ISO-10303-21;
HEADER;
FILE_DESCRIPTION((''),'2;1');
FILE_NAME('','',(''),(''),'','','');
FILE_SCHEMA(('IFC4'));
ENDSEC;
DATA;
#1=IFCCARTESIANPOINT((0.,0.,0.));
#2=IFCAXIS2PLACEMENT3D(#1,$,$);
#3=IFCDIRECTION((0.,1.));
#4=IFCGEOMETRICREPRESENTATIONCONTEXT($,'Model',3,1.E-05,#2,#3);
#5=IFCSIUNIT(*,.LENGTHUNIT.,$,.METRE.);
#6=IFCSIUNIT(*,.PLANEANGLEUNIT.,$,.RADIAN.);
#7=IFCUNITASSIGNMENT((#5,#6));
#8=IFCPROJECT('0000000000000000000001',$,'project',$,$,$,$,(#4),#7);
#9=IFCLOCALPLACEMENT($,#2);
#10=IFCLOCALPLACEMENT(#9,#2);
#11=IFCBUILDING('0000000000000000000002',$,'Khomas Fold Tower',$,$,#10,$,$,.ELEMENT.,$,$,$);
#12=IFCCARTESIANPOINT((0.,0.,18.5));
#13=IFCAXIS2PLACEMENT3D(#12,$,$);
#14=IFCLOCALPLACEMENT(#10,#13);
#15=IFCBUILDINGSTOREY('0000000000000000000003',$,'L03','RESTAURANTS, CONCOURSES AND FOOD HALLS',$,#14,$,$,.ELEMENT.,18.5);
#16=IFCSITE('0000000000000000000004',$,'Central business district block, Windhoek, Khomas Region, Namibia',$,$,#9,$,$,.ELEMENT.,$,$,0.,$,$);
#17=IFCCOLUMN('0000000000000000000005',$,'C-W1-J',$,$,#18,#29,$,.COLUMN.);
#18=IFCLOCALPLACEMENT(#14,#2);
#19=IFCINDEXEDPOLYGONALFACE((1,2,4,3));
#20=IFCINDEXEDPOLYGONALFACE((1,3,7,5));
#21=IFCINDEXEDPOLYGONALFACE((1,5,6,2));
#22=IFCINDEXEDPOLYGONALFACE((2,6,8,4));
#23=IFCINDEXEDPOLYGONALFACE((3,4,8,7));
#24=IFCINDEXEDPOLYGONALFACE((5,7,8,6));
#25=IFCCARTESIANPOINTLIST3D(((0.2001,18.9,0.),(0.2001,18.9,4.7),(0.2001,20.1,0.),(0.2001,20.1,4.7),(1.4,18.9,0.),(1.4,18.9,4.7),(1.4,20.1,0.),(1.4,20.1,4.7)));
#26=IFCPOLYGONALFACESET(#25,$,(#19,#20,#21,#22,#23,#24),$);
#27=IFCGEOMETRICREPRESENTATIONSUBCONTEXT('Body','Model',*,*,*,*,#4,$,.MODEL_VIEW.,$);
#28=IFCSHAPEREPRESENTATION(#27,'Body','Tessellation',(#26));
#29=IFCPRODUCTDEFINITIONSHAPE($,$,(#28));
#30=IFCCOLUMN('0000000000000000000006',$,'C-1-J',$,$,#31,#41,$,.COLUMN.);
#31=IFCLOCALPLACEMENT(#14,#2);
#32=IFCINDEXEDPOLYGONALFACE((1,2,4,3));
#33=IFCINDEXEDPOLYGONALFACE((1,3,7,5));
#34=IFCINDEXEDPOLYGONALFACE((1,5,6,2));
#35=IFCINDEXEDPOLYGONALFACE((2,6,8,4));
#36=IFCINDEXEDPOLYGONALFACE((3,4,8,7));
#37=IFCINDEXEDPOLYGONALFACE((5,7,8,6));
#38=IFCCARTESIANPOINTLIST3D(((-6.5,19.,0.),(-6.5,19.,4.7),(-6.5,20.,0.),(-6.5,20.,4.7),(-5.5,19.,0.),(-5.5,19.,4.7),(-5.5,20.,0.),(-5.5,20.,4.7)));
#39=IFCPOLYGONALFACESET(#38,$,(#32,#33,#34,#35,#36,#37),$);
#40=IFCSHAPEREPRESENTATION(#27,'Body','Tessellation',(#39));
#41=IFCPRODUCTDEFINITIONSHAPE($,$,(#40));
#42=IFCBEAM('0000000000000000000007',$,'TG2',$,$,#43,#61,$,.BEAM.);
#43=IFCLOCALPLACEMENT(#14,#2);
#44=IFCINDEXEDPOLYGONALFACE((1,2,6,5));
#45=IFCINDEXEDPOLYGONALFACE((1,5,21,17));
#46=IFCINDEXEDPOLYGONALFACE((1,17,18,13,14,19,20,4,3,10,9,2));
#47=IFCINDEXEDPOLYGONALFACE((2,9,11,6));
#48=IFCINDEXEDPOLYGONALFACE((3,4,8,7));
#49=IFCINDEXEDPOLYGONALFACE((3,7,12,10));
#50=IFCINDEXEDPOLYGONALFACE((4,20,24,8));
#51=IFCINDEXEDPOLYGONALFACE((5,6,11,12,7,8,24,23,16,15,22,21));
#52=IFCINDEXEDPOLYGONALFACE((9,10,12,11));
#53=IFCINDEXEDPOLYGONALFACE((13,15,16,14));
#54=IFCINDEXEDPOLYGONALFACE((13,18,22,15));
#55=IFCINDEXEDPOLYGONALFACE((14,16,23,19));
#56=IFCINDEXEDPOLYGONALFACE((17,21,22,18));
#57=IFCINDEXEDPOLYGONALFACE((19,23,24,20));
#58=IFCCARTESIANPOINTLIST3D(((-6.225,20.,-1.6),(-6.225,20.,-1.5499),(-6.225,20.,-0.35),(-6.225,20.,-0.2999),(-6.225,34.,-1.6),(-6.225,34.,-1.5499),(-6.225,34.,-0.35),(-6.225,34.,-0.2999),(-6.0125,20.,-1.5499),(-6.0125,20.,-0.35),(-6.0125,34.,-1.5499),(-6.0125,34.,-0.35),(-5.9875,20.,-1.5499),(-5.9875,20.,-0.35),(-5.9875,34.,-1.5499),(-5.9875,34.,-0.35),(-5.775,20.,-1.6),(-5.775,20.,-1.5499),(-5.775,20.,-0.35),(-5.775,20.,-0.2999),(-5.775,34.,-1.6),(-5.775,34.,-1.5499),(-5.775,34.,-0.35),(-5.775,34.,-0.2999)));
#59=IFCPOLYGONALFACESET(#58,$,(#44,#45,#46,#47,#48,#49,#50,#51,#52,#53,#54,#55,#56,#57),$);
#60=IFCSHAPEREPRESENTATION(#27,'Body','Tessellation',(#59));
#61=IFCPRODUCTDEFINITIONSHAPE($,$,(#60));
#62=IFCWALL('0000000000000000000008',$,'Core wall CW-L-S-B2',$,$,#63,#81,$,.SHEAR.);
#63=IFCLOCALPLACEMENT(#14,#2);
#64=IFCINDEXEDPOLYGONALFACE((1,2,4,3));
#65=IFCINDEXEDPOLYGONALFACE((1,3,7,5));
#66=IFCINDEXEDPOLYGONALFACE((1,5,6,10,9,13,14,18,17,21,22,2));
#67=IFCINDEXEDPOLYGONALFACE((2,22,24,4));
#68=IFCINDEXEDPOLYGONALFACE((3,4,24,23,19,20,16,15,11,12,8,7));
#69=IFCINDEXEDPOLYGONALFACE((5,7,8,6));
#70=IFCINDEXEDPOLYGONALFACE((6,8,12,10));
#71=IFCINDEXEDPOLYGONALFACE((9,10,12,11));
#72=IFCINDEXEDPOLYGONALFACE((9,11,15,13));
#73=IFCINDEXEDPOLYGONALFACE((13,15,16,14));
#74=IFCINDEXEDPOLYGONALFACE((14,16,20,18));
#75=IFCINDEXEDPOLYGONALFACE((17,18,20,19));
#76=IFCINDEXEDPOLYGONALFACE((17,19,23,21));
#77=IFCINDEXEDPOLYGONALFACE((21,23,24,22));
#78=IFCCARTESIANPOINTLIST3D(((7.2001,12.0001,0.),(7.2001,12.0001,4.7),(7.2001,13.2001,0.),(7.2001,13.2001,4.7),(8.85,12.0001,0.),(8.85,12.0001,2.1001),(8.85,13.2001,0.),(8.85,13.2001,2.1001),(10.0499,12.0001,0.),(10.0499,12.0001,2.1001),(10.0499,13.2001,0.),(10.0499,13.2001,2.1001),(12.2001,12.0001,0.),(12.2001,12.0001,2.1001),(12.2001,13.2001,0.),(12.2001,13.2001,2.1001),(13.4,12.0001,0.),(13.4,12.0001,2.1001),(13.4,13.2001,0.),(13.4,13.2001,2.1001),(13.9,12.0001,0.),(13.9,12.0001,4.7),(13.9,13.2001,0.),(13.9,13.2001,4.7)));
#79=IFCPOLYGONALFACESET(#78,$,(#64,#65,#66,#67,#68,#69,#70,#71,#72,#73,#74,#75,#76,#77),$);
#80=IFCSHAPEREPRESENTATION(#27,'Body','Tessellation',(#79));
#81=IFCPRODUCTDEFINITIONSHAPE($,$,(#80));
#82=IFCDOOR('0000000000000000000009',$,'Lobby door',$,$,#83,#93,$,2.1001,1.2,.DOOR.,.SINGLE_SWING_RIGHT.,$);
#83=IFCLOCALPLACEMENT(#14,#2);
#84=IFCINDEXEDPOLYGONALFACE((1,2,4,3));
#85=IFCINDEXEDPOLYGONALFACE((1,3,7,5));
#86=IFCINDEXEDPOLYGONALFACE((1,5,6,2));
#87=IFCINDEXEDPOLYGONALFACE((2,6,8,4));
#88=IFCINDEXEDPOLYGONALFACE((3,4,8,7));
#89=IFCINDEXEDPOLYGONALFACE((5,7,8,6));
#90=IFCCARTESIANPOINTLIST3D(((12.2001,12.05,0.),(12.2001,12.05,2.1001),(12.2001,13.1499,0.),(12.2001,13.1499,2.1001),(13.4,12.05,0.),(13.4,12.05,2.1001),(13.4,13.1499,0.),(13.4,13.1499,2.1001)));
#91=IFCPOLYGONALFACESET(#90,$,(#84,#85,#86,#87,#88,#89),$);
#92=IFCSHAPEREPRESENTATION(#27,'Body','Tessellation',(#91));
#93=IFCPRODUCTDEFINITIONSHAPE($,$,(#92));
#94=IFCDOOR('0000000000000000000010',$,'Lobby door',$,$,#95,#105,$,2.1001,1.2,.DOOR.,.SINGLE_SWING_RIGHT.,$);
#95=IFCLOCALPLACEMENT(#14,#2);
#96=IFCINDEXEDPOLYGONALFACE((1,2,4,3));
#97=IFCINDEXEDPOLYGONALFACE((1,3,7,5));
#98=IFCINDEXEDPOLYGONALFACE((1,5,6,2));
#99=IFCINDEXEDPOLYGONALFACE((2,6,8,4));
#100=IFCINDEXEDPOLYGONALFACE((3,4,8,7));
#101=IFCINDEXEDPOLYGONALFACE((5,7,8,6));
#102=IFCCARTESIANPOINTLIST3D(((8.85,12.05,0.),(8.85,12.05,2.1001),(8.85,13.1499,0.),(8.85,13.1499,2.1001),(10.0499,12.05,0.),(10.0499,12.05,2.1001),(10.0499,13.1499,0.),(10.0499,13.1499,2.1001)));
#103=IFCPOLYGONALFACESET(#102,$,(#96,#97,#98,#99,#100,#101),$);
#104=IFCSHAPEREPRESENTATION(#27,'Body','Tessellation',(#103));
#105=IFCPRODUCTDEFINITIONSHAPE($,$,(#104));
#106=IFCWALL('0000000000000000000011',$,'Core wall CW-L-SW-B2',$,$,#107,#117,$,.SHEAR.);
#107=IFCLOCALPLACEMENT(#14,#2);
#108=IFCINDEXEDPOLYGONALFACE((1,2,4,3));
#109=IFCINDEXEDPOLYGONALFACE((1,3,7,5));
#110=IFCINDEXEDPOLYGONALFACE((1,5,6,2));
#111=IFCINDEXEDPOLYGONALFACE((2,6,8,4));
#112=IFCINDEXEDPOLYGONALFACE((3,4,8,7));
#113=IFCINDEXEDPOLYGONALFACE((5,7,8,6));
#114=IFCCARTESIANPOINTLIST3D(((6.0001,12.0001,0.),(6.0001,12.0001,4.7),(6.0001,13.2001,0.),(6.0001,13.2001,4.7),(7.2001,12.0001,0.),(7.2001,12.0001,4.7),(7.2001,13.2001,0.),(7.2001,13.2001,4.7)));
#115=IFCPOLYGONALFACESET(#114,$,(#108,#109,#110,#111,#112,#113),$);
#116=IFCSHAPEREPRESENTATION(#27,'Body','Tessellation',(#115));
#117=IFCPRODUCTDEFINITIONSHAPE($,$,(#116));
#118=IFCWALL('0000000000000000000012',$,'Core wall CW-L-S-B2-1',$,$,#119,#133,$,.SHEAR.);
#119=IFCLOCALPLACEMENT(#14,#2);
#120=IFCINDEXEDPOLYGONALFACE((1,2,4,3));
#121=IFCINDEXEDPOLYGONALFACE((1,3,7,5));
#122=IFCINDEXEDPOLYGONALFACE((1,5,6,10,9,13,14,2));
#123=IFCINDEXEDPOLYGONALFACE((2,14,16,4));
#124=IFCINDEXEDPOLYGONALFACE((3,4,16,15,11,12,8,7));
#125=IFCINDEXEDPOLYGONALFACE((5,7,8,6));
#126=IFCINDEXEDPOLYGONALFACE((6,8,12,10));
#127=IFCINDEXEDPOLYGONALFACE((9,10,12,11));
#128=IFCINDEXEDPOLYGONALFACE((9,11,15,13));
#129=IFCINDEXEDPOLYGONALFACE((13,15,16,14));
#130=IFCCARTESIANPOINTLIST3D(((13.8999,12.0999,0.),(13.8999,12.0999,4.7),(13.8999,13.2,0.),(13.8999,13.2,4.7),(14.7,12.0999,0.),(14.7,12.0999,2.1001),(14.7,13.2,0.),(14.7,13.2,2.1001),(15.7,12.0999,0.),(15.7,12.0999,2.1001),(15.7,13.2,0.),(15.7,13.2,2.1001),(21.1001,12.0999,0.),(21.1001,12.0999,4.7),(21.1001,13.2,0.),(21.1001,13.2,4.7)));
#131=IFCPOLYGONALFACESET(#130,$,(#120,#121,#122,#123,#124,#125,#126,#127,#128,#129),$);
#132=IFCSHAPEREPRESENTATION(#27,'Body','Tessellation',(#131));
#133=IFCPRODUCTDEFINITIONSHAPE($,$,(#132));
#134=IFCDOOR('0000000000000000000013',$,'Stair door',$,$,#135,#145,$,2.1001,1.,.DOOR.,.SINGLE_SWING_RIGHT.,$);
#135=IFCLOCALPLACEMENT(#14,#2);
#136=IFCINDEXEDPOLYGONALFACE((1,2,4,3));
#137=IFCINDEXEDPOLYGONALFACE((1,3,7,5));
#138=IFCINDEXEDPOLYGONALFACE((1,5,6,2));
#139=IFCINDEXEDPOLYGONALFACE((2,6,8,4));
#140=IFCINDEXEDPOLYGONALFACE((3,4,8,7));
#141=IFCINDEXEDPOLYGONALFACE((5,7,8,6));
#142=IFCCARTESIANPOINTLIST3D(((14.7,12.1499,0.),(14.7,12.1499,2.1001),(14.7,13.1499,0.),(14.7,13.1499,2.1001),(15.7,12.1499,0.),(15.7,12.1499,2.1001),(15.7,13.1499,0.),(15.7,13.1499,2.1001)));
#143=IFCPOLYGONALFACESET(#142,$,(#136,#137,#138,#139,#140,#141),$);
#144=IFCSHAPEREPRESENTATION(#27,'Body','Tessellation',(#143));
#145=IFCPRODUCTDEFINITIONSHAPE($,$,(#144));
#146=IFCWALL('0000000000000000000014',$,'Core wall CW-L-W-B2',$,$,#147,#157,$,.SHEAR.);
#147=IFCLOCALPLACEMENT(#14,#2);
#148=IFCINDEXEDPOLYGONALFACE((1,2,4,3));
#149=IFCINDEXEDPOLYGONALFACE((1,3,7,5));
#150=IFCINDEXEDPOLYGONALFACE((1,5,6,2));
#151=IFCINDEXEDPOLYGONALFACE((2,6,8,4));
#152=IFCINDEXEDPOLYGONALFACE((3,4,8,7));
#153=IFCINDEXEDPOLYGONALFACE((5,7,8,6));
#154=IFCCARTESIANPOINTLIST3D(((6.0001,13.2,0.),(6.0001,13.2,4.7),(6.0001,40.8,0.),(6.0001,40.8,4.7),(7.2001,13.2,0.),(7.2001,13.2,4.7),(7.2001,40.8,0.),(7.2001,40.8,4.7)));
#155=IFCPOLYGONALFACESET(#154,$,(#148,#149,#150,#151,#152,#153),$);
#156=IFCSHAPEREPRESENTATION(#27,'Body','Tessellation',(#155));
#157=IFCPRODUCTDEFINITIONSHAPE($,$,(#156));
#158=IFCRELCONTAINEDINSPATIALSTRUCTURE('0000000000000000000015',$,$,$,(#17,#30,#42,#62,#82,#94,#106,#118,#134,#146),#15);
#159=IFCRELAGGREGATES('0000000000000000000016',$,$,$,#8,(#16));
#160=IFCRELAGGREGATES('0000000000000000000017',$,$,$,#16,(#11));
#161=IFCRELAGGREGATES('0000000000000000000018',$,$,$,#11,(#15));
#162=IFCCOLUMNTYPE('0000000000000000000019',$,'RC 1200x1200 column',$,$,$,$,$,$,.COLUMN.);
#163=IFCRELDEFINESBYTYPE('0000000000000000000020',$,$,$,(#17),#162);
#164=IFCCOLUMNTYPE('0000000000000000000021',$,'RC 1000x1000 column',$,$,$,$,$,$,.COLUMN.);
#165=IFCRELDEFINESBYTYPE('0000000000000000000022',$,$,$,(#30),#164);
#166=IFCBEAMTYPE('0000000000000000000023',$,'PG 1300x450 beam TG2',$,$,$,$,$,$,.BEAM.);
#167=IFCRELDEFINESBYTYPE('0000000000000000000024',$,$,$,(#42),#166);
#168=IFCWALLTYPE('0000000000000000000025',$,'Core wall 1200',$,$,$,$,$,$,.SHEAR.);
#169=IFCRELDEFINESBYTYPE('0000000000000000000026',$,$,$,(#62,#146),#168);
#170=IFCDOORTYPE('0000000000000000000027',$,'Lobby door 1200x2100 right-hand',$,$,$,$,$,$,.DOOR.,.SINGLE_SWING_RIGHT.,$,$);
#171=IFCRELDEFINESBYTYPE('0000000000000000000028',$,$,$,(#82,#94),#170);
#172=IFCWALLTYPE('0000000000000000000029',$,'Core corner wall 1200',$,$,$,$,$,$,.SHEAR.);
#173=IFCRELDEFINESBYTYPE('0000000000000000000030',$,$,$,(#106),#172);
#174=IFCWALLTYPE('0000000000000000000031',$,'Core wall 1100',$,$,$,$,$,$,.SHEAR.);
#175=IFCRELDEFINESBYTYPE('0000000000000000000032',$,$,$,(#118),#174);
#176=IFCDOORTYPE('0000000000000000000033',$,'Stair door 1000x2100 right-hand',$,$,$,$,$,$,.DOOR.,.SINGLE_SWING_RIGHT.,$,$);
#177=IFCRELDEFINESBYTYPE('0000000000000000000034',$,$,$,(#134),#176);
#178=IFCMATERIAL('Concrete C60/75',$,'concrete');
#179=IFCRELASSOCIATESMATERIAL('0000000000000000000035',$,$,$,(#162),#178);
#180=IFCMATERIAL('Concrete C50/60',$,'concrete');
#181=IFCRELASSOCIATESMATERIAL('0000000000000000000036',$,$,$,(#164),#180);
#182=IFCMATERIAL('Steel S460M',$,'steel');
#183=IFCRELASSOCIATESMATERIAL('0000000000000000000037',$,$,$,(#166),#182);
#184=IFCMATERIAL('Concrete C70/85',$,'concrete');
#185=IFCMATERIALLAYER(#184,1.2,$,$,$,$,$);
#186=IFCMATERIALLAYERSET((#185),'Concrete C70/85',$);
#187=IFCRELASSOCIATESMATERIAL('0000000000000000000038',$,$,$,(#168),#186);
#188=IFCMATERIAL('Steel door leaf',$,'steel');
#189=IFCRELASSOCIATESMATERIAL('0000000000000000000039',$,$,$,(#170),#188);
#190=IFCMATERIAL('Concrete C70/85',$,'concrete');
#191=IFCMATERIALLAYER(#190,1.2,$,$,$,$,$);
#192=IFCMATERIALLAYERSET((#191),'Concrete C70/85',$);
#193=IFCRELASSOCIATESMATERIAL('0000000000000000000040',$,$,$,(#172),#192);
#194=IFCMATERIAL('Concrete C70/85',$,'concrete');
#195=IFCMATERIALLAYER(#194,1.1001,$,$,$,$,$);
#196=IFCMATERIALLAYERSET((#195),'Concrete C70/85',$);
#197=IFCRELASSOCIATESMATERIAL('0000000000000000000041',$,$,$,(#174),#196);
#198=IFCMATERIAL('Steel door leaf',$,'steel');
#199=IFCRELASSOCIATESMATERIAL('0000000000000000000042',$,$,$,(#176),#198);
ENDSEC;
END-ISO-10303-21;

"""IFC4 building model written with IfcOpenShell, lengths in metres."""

from ifc_helpers import new_model, si_unit, direction, frame, frame_2d, origin, origin_2d, place, context, subcontext, project, spatial, rectangle, i_section, extrude, source, transform, mapped, material, layer, layer_set, material_profile, profile_set, type_object, element, fill, save


model = new_model("IFC4")

# Units and contexts
model_context = context("Model", 3, precision=1e-05, world=origin(), true_north=direction((0.0, 1.0)))
body_context = subcontext(model_context, "Body", "Model", "MODEL_VIEW")
ifc_project = project(units=[si_unit("LENGTHUNIT", "METRE"), si_unit("PLANEANGLEUNIT", "RADIAN")], contexts=[model_context])

# Site, building, storey
site_placement = place(None, origin())
site = spatial("IfcSite", under=ifc_project, at=site_placement, Name="Central business district block, Windhoek, Khomas Region, Namibia", CompositionType="ELEMENT", RefElevation=0.0)
building_placement = place(site_placement, origin())
building = spatial("IfcBuilding", under=site, at=building_placement, Name="Khomas Fold Tower", CompositionType="ELEMENT")
storey_placement = place(building_placement, frame((0.0, 0.0, 18.5)))
storey = spatial("IfcBuildingStorey", under=building, at=storey_placement, Name="L03", Description="RESTAURANTS, CONCOURSES AND FOOD HALLS", CompositionType="ELEMENT", Elevation=18.5)

# Columns
ifc_material_1 = material(Name="Concrete C60/75", Category="concrete")
ifc_material_profile_1 = material_profile(ifc_material_1, rectangle(XDim=1.2, YDim=1.2, at=origin_2d()), Name="RC 1200x1200")
ifc_profile_set_1 = profile_set([ifc_material_profile_1], Name="Concrete C60/75")
column_type_1 = type_object("IfcColumnType", Name="RC 1200x1200 column", PredefinedType="COLUMN", material=ifc_profile_set_1)
shared_shape_1 = source(origin(), body_context, "Body", "SweptSolid", [
    extrude(rectangle(XDim=1.2, YDim=1.2, at=origin_2d()), origin(), (0.0, 0.0, 1.0), 4.7),
])
column_1_placement = place(storey_placement, frame((0.8, 19.5, 0.0), z_axis=(0.0, 0.0, 1.0), x_axis=(1.0, 0.0, 0.0)))
element("IfcColumn", 1, at=column_1_placement, inside=storey, type_object=column_type_1, Name="C-W1-J", PredefinedType="COLUMN", context=body_context, shape_type="MappedRepresentation", body=[
    mapped(shared_shape_1, transform((0.0, 0.0, 0.0))),
])
ifc_material_2 = material(Name="Concrete C50/60", Category="concrete")
ifc_material_profile_2 = material_profile(ifc_material_2, rectangle(XDim=1.0, YDim=1.0, at=origin_2d()), Name="RC 1000x1000")
ifc_profile_set_2 = profile_set([ifc_material_profile_2], Name="Concrete C50/60")
column_type_2 = type_object("IfcColumnType", Name="RC 1000x1000 column", PredefinedType="COLUMN", material=ifc_profile_set_2)
shared_shape_2 = source(origin(), body_context, "Body", "SweptSolid", [
    extrude(rectangle(XDim=1.0, YDim=1.0, at=origin_2d()), origin(), (0.0, 0.0, 1.0), 4.7),
])
column_2_placement = place(storey_placement, frame((-6.0, 19.5, 0.0), z_axis=(0.0, 0.0, 1.0), x_axis=(1.0, 0.0, 0.0)))
element("IfcColumn", 2, at=column_2_placement, inside=storey, type_object=column_type_2, Name="C-1-J", PredefinedType="COLUMN", context=body_context, shape_type="MappedRepresentation", body=[
    mapped(shared_shape_2, transform((0.0, 0.0, 0.0))),
])

# Beam
ifc_material_3 = material(Name="Steel S460M", Category="steel")
ifc_material_profile_3 = material_profile(ifc_material_3, i_section(OverallWidth=0.45, OverallDepth=1.3, WebThickness=0.0249, FlangeThickness=0.05, at=origin_2d()), Name="PG 1300x450")
ifc_profile_set_3 = profile_set([ifc_material_profile_3], Name="Steel S460M")
beam_type = type_object("IfcBeamType", Name="PG 1300x450 beam TG2", PredefinedType="BEAM", material=ifc_profile_set_3)
shared_shape_3 = source(origin(), body_context, "Body", "SweptSolid", [
    extrude(i_section(OverallWidth=0.45, OverallDepth=1.3, WebThickness=0.0249, FlangeThickness=0.05, at=origin_2d()), origin(), (0.0, 0.0, 1.0), 14.0),
])
beam_placement = place(storey_placement, frame((-6.0, 20.0, -0.95), z_axis=(0.0, 1.0, 0.0), x_axis=(-1.0, 0.0, 0.0)))
element("IfcBeam", 3, at=beam_placement, inside=storey, type_object=beam_type, Name="TG2", PredefinedType="BEAM", context=body_context, shape_type="MappedRepresentation", body=[
    mapped(shared_shape_3, transform((0.0, 0.0, 0.0))),
])

# Wall, openings, doors
ifc_material_4 = material(Name="Concrete C70/85", Category="concrete")
ifc_layer_1 = layer(ifc_material_4, 1.2)
ifc_layer_set_1 = layer_set([ifc_layer_1], Name="Concrete C70/85")
wall_type_1 = type_object("IfcWallType", Name="Core wall 1200", PredefinedType="SHEAR", material=ifc_layer_set_1)
shared_shape_4 = source(origin(), body_context, "Body", "SweptSolid", [
    extrude(rectangle(XDim=6.7, YDim=1.2, at=frame_2d((3.3501, 0.0))), origin(), (0.0, 0.0, 1.0), 4.7),
])
wall_1_placement = place(storey_placement, frame((7.2, 12.6001, 0.0), z_axis=(0.0, 0.0, 1.0), x_axis=(1.0, 0.0, 0.0)))
wall_1 = element("IfcWall", 4, at=wall_1_placement, inside=storey, type_object=wall_type_1, Name="Core wall CW-L-S-B2", PredefinedType="SHEAR", context=body_context, shape_type="MappedRepresentation", body=[
    mapped(shared_shape_4, transform((0.0, 0.0, 0.0))),
])
shared_shape_5 = source(origin(), body_context, "Body", "SweptSolid", [
    extrude(rectangle(XDim=1.2, YDim=2.1001, at=frame_2d((0.6001, 1.05))), frame((0.0, 0.6099, 0.0), z_axis=(0.0, -1.0, 0.0), x_axis=(1.0, 0.0, 0.0)), (0.0, 0.0, 1.0), 1.22),
])
opening_1_placement = place(wall_1_placement, frame((5.0, 0.0, 0.0)))
opening_1 = element("IfcOpeningElement", 5, at=opening_1_placement, cuts=wall_1, PredefinedType="OPENING", context=body_context, shape_type="MappedRepresentation", body=[
    mapped(shared_shape_5, transform((0.0, 0.0, 0.0))),
])
opening_2_placement = place(wall_1_placement, frame((1.6499, 0.0, 0.0)))
opening_2 = element("IfcOpeningElement", 6, at=opening_2_placement, cuts=wall_1, PredefinedType="OPENING", context=body_context, shape_type="MappedRepresentation", body=[
    mapped(shared_shape_5, transform((0.0, 0.0, 0.0))),
])
ifc_material_5 = material(Name="Steel door leaf", Category="steel")
door_type_1 = type_object("IfcDoorType", Name="Lobby door 1200x2100 right-hand", OperationType="SINGLE_SWING_RIGHT", PredefinedType="DOOR", material=ifc_material_5)
shared_shape_6 = source(origin(), body_context, "Body", "SweptSolid", [
    extrude(rectangle(XDim=1.2, YDim=2.1001, at=frame_2d((0.6001, 1.05))), frame((0.0, 0.5498, 0.0), z_axis=(0.0, -1.0, 0.0), x_axis=(1.0, 0.0, 0.0)), (0.0, 0.0, 1.0), 1.0999),
])
door_1_placement = place(opening_1_placement, origin())
door_1 = element("IfcDoor", 7, at=door_1_placement, inside=storey, type_object=door_type_1, Name="Lobby door", OperationType="SINGLE_SWING_RIGHT", OverallHeight=2.1001, OverallWidth=1.2, PredefinedType="DOOR", context=body_context, shape_type="MappedRepresentation", body=[
    mapped(shared_shape_6, transform((0.0, 0.0, 0.0))),
])
fill(opening_1, door_1)
door_2_placement = place(opening_2_placement, origin())
door_2 = element("IfcDoor", 8, at=door_2_placement, inside=storey, type_object=door_type_1, Name="Lobby door", OperationType="SINGLE_SWING_RIGHT", OverallHeight=2.1001, OverallWidth=1.2, PredefinedType="DOOR", context=body_context, shape_type="MappedRepresentation", body=[
    mapped(shared_shape_6, transform((0.0, 0.0, 0.0))),
])
fill(opening_2, door_2)

# Wall
ifc_material_6 = material(Name="Concrete C70/85", Category="concrete")
ifc_layer_2 = layer(ifc_material_6, 1.2)
ifc_layer_set_2 = layer_set([ifc_layer_2], Name="Concrete C70/85")
wall_type_2 = type_object("IfcWallType", Name="Core corner wall 1200", PredefinedType="SHEAR", material=ifc_layer_set_2)
shared_shape_7 = source(origin(), body_context, "Body", "SweptSolid", [
    extrude(rectangle(XDim=1.2, YDim=1.2, at=frame_2d((0.6001, 0.0))), origin(), (0.0, 0.0, 1.0), 4.7),
])
wall_2_placement = place(storey_placement, frame((6.0, 12.6001, 0.0), z_axis=(0.0, 0.0, 1.0), x_axis=(1.0, 0.0, 0.0)))
element("IfcWall", 9, at=wall_2_placement, inside=storey, type_object=wall_type_2, Name="Core wall CW-L-SW-B2", PredefinedType="SHEAR", context=body_context, shape_type="MappedRepresentation", body=[
    mapped(shared_shape_7, transform((0.0, 0.0, 0.0))),
])

# Wall, opening, door
ifc_material_7 = material(Name="Concrete C70/85", Category="concrete")
ifc_layer_3 = layer(ifc_material_7, 1.1001)
ifc_layer_set_3 = layer_set([ifc_layer_3], Name="Concrete C70/85")
wall_type_3 = type_object("IfcWallType", Name="Core wall 1100", PredefinedType="SHEAR", material=ifc_layer_set_3)
shared_shape_8 = source(origin(), body_context, "Body", "SweptSolid", [
    extrude(rectangle(XDim=7.2002, YDim=1.1001, at=frame_2d((3.6001, 0.0))), origin(), (0.0, 0.0, 1.0), 4.7),
])
wall_3_placement = place(storey_placement, frame((13.8999, 12.6499, 0.0), z_axis=(0.0, 0.0, 1.0), x_axis=(1.0, 0.0, 0.0)))
wall_3 = element("IfcWall", 10, at=wall_3_placement, inside=storey, type_object=wall_type_3, Name="Core wall CW-L-S-B2-1", PredefinedType="SHEAR", context=body_context, shape_type="MappedRepresentation", body=[
    mapped(shared_shape_8, transform((0.0, 0.0, 0.0))),
])
shared_shape_9 = source(origin(), body_context, "Body", "SweptSolid", [
    extrude(rectangle(XDim=1.0, YDim=2.1001, at=frame_2d((0.5, 1.05))), frame((0.0, 0.5601, 0.0), z_axis=(0.0, -1.0, 0.0), x_axis=(1.0, 0.0, 0.0)), (0.0, 0.0, 1.0), 1.1201),
])
opening_3_placement = place(wall_3_placement, frame((0.8, 0.0, 0.0)))
opening_3 = element("IfcOpeningElement", 11, at=opening_3_placement, cuts=wall_3, PredefinedType="OPENING", context=body_context, shape_type="MappedRepresentation", body=[
    mapped(shared_shape_9, transform((0.0, 0.0, 0.0))),
])
ifc_material_8 = material(Name="Steel door leaf", Category="steel")
door_type_2 = type_object("IfcDoorType", Name="Stair door 1000x2100 right-hand", OperationType="SINGLE_SWING_RIGHT", PredefinedType="DOOR", material=ifc_material_8)
shared_shape_10 = source(origin(), body_context, "Body", "SweptSolid", [
    extrude(rectangle(XDim=1.0, YDim=2.1001, at=frame_2d((0.5, 1.05))), frame((0.0, 0.5, 0.0), z_axis=(0.0, -1.0, 0.0), x_axis=(1.0, 0.0, 0.0)), (0.0, 0.0, 1.0), 1.0),
])
door_3_placement = place(opening_3_placement, origin())
door_3 = element("IfcDoor", 12, at=door_3_placement, inside=storey, type_object=door_type_2, Name="Stair door", OperationType="SINGLE_SWING_RIGHT", OverallHeight=2.1001, OverallWidth=1.0, PredefinedType="DOOR", context=body_context, shape_type="MappedRepresentation", body=[
    mapped(shared_shape_10, transform((0.0, 0.0, 0.0))),
])
fill(opening_3, door_3)

# Wall
shared_shape_11 = source(origin(), body_context, "Body", "SweptSolid", [
    extrude(rectangle(XDim=27.6001, YDim=1.2, at=frame_2d((13.8, 0.0))), origin(), (0.0, 0.0, 1.0), 4.7),
])
wall_4_placement = place(storey_placement, frame((6.6001, 13.2, 0.0), z_axis=(0.0, 0.0, 1.0), x_axis=(0.0, 1.0, 0.0)))
element("IfcWall", 13, at=wall_4_placement, inside=storey, type_object=wall_type_1, Name="Core wall CW-L-W-B2", PredefinedType="SHEAR", context=body_context, shape_type="MappedRepresentation", body=[
    mapped(shared_shape_11, transform((0.0, 0.0, 0.0))),
])

save(model, "model.ifc")
